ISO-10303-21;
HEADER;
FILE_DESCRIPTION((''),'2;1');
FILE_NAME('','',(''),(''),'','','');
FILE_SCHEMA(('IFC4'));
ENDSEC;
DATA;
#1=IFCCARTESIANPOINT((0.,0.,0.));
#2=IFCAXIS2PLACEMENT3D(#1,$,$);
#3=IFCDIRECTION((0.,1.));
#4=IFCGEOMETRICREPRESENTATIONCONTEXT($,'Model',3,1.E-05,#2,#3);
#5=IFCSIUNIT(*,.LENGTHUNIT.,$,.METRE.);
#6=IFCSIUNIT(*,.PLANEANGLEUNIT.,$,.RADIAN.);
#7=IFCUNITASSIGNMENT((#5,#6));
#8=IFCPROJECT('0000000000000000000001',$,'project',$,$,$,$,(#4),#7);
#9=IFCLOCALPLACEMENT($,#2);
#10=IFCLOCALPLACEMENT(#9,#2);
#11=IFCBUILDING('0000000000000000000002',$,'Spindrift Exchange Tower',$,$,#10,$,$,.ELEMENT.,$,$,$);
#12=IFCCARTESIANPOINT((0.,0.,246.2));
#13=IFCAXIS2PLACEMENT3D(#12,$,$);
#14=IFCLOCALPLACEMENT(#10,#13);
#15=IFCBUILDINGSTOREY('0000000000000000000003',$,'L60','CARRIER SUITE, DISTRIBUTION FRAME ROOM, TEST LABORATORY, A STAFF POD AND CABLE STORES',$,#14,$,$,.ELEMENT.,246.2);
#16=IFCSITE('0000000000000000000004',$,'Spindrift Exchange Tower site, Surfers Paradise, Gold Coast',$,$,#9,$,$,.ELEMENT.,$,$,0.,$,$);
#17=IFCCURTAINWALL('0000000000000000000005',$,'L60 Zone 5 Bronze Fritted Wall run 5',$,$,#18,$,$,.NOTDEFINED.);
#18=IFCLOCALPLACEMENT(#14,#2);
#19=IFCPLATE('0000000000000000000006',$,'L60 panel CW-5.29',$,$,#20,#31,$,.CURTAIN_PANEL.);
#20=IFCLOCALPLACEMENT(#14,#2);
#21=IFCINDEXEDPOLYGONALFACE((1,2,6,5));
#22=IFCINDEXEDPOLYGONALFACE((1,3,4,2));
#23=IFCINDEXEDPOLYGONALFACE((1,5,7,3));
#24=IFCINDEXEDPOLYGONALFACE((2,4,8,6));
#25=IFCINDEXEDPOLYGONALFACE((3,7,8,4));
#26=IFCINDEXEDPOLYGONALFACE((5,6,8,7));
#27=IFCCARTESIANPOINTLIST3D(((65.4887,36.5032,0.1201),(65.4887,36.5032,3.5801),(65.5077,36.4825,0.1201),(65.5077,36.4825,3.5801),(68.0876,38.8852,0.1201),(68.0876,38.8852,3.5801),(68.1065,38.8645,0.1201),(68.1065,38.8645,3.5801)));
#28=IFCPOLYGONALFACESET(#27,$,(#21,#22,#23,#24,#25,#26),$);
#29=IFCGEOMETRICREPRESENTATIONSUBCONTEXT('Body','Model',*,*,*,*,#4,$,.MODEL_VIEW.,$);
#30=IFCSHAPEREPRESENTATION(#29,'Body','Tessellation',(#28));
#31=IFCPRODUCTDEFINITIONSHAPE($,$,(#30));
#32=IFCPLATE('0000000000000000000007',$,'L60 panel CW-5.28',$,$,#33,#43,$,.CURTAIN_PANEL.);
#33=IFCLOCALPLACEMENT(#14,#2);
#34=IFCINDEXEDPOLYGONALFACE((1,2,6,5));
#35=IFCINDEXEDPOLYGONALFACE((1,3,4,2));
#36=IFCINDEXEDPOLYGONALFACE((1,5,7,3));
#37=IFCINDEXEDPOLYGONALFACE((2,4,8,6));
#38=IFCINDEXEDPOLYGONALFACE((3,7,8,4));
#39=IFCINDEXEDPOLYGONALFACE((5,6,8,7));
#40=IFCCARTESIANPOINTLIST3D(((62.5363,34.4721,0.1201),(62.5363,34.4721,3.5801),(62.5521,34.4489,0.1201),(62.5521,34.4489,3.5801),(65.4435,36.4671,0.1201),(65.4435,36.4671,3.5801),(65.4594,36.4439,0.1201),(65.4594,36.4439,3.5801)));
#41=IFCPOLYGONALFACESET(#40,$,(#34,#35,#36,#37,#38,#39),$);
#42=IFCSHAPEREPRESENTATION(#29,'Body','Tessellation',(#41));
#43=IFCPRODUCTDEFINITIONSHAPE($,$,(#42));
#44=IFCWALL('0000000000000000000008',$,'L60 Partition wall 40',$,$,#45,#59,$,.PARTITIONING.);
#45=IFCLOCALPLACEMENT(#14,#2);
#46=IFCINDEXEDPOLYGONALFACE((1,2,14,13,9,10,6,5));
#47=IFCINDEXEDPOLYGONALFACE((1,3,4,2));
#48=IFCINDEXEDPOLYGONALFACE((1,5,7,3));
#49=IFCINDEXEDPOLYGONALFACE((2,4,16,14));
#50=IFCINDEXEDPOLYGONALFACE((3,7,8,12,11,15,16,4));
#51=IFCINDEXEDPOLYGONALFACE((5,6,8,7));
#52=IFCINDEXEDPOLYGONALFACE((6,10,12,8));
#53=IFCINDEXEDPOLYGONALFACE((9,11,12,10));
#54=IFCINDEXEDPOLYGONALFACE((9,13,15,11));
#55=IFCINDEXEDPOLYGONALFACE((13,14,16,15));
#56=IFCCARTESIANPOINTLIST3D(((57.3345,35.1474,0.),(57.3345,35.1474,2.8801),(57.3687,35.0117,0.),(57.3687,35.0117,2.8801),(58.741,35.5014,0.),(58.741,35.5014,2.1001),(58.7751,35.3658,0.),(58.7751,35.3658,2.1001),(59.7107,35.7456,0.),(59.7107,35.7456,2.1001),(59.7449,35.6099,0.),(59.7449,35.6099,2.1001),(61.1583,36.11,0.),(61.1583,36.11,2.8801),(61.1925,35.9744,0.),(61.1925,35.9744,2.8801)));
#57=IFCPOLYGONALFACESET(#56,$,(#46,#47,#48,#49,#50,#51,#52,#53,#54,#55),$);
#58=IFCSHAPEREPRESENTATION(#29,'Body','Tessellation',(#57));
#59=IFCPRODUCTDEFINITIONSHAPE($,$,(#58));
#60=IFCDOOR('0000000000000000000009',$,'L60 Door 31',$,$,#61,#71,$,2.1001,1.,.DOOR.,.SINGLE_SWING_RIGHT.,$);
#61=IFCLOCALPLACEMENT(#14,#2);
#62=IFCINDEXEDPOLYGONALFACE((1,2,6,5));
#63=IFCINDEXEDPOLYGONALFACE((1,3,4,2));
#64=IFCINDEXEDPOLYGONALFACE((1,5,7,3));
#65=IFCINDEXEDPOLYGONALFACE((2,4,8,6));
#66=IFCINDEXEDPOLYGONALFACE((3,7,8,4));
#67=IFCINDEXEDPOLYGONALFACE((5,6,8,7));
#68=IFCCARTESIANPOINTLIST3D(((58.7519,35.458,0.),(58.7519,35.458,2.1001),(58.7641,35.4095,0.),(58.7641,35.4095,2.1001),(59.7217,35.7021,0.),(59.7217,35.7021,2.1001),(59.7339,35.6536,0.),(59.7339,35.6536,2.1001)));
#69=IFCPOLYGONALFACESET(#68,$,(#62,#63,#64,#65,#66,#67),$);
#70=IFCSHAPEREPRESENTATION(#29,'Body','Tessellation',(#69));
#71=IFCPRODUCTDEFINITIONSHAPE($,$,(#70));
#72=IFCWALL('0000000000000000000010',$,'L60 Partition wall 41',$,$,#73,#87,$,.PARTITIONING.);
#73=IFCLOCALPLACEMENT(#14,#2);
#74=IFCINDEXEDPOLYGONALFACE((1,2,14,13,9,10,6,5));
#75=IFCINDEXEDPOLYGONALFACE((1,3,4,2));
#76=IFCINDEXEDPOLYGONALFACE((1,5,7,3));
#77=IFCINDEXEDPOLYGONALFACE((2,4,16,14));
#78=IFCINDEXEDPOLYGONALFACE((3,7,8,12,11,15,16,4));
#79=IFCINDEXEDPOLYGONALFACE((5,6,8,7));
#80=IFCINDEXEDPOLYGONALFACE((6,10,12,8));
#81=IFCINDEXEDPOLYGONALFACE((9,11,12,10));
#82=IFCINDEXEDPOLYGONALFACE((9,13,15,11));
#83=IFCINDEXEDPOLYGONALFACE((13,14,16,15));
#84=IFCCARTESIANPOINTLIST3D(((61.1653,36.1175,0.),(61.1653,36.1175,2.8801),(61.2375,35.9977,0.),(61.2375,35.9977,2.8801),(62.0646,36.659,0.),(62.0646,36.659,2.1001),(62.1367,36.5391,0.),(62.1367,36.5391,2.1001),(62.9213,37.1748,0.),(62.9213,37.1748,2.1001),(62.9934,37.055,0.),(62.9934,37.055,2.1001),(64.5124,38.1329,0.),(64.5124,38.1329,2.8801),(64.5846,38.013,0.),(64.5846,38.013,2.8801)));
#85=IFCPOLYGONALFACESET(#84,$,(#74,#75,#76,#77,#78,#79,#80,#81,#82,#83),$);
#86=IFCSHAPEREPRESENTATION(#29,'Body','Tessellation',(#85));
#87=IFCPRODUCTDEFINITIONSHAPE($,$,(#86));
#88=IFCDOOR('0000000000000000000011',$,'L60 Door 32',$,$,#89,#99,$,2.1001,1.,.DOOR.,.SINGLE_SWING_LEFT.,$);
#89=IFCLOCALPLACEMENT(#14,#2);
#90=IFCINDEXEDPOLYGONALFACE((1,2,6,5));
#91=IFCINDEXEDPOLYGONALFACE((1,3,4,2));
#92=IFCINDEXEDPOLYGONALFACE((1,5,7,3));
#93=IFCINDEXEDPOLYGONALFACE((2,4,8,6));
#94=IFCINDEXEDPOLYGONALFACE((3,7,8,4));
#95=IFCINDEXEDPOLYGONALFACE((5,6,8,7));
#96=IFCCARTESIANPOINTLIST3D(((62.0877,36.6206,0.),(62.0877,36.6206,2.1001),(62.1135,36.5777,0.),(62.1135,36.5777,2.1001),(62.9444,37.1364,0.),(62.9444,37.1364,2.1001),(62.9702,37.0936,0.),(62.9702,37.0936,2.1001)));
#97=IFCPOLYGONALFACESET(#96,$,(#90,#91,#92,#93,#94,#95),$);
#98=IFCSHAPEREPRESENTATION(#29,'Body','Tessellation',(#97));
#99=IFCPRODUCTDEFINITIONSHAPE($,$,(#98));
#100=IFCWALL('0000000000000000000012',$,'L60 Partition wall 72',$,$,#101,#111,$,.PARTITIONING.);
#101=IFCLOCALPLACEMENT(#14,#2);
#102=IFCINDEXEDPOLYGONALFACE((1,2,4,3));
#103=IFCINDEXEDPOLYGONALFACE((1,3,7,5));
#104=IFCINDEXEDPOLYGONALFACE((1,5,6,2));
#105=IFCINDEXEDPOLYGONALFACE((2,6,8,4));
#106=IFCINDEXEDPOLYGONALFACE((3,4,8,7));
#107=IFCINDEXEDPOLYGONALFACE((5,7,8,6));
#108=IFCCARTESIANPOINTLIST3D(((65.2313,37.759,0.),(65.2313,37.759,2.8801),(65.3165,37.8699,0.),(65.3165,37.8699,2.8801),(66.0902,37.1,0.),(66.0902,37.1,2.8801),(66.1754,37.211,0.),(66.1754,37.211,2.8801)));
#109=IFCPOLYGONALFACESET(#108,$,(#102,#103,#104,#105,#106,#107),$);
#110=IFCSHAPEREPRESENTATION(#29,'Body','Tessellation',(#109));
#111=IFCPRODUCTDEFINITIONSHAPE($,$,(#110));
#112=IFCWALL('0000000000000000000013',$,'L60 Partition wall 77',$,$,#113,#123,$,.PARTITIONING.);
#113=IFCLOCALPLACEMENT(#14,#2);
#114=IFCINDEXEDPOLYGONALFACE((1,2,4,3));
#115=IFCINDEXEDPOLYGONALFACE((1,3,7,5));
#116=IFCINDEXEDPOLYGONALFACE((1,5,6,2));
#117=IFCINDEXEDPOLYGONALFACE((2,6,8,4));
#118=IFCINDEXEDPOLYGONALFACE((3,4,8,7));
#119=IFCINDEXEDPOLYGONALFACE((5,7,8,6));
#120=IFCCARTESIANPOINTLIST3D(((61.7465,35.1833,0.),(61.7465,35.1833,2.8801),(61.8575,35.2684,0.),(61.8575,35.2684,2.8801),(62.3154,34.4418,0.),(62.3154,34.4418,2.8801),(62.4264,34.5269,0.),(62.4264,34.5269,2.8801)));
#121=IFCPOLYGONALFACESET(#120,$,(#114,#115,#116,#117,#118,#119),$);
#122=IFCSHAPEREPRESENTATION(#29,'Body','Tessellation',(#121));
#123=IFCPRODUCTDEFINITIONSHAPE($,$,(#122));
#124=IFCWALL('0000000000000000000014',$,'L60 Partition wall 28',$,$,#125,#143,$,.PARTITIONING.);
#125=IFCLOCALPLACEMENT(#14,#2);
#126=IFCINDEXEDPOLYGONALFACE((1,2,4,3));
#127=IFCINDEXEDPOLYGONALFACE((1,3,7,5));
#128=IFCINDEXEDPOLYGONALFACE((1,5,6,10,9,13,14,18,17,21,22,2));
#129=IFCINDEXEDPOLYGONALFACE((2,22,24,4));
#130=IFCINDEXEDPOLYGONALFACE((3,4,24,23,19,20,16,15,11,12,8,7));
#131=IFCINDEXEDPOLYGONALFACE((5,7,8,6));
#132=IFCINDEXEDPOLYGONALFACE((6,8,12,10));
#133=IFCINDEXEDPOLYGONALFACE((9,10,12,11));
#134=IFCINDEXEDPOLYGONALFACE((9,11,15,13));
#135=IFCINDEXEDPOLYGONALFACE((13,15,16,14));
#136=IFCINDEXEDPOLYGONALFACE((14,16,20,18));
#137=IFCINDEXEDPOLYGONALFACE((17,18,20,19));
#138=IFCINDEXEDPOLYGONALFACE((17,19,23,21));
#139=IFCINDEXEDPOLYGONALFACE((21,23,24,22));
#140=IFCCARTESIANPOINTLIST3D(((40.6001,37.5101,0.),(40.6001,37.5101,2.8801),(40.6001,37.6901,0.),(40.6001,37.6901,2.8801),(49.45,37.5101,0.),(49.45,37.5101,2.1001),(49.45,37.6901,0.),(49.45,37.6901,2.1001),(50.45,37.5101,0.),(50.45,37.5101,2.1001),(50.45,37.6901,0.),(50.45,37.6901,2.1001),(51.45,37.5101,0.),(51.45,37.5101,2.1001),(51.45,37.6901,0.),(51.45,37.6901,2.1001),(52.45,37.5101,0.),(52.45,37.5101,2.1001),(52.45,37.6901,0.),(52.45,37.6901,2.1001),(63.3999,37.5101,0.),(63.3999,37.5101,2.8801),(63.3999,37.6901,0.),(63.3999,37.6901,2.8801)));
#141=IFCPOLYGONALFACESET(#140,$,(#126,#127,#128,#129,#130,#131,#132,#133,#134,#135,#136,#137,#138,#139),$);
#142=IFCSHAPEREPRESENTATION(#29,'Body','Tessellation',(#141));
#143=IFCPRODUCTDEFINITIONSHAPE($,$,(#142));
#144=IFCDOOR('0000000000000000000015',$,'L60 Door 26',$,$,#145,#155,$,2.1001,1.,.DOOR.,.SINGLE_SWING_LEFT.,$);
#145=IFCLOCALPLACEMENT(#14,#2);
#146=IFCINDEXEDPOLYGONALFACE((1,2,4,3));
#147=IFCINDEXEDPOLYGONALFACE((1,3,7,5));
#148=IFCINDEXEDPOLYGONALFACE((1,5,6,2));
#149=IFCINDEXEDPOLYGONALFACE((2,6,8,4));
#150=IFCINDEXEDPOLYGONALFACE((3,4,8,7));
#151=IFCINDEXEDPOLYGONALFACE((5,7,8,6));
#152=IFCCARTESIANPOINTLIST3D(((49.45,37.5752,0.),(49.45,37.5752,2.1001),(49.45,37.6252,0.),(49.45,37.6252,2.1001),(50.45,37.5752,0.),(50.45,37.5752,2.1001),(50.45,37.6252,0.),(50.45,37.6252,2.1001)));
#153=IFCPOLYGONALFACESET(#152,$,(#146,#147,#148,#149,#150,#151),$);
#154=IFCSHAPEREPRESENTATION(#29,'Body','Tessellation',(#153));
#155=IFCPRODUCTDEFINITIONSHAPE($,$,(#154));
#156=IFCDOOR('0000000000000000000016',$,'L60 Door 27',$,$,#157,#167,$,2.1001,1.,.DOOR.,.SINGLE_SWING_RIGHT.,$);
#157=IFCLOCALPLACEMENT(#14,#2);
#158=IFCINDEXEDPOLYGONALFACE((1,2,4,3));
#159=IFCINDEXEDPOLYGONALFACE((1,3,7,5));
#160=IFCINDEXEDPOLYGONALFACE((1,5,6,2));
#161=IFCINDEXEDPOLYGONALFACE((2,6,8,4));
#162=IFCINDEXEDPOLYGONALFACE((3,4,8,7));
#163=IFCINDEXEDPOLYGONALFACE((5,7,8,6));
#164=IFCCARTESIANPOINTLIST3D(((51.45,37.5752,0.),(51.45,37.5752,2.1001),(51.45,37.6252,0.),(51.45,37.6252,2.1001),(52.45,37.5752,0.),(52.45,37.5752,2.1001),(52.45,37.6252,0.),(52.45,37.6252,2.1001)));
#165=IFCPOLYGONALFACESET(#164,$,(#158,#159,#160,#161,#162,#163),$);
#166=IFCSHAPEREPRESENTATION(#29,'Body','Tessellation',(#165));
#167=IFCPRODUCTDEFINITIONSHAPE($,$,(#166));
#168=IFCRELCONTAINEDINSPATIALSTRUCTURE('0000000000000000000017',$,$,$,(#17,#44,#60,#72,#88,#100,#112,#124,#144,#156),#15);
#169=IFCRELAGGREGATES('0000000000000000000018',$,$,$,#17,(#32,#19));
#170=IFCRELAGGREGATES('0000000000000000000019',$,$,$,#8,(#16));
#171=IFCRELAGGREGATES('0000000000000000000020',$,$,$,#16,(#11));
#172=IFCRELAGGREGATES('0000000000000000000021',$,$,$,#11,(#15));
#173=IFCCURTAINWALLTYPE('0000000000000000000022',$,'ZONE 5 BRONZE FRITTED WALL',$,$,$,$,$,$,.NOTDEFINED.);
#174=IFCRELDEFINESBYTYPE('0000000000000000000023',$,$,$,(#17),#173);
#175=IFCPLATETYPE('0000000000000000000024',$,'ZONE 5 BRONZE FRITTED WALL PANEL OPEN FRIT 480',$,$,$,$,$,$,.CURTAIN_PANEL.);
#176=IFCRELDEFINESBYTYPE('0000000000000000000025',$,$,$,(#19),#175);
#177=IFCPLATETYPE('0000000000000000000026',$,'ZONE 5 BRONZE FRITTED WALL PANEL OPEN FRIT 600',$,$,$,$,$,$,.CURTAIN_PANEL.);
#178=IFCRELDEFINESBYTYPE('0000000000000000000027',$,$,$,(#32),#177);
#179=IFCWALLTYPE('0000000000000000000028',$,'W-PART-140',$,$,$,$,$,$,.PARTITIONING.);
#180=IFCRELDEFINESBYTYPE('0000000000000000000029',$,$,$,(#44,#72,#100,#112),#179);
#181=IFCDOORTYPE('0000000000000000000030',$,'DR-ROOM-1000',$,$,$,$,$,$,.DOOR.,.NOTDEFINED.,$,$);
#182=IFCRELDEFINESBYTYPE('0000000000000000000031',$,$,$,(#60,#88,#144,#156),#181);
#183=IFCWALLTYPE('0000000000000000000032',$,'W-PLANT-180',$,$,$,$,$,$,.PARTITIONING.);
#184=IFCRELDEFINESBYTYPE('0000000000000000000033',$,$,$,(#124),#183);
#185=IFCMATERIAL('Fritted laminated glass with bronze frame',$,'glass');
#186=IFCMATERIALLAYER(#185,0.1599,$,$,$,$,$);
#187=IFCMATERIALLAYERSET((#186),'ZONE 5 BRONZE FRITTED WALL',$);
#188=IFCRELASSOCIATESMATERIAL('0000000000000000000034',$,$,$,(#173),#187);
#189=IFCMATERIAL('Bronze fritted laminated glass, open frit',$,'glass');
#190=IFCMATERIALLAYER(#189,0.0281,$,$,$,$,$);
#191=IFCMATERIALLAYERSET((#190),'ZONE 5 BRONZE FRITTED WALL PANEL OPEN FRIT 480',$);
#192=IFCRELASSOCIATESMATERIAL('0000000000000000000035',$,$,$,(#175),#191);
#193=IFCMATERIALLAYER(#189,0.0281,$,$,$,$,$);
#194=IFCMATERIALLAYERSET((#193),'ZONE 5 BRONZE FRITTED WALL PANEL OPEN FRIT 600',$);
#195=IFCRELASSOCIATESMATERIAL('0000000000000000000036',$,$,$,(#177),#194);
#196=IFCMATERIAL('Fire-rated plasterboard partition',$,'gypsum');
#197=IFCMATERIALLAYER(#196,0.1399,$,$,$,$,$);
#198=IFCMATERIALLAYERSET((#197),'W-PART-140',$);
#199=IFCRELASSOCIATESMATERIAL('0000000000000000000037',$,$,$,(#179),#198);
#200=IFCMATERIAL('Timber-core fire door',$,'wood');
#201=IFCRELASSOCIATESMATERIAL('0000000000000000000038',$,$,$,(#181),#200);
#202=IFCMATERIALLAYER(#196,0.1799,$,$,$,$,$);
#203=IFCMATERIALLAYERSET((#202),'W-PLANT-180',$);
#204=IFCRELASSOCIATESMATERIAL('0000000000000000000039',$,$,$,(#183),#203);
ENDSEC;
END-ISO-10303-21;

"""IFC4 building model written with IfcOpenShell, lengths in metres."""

from ifc_helpers import new_model, si_unit, direction, frame, frame_2d, origin, origin_2d, place, context, subcontext, project, spatial, rectangle, extrude, source, transform, mapped, material, layer, layer_set, type_object, element, fill, aggregate, save


model = new_model("IFC4")

# Units and contexts
model_context = context("Model", 3, precision=1e-05, world=origin(), true_north=direction((0.0, 1.0)))
body_context = subcontext(model_context, "Body", "Model", "MODEL_VIEW")
ifc_project = project(units=[si_unit("LENGTHUNIT", "METRE"), si_unit("PLANEANGLEUNIT", "RADIAN")], contexts=[model_context])

# Site, building, storey
site_placement = place(None, origin())
site = spatial("IfcSite", under=ifc_project, at=site_placement, Name="Spindrift Exchange Tower site, Surfers Paradise, Gold Coast", CompositionType="ELEMENT", RefElevation=0.0)
building_placement = place(site_placement, origin())
building = spatial("IfcBuilding", under=site, at=building_placement, Name="Spindrift Exchange Tower", CompositionType="ELEMENT")
storey_placement = place(building_placement, frame((0.0, 0.0, 246.2)))
storey = spatial("IfcBuildingStorey", under=building, at=storey_placement, Name="L60", Description="CARRIER SUITE, DISTRIBUTION FRAME ROOM, TEST LABORATORY, A STAFF POD AND CABLE STORES", CompositionType="ELEMENT", Elevation=246.2)

# Curtain wall, plates
ifc_material_1 = material(Name="Fritted laminated glass with bronze frame", Category="glass")
ifc_layer_1 = layer(ifc_material_1, 0.1599)
ifc_layer_set_1 = layer_set([ifc_layer_1], Name="ZONE 5 BRONZE FRITTED WALL")
curtain_wall_type = type_object("IfcCurtainWallType", Name="ZONE 5 BRONZE FRITTED WALL", PredefinedType="NOTDEFINED", material=ifc_layer_set_1)
curtain_wall_placement = place(storey_placement, origin())
curtain_wall = element("IfcCurtainWall", 1, at=curtain_wall_placement, inside=storey, type_object=curtain_wall_type, Name="L60 Zone 5 Bronze Fritted Wall run 5", PredefinedType="NOTDEFINED")
ifc_material_2 = material(Name="Bronze fritted laminated glass, open frit", Category="glass")
ifc_layer_2 = layer(ifc_material_2, 0.0281)
ifc_layer_set_2 = layer_set([ifc_layer_2], Name="ZONE 5 BRONZE FRITTED WALL PANEL OPEN FRIT 480")
plate_type_1 = type_object("IfcPlateType", Name="ZONE 5 BRONZE FRITTED WALL PANEL OPEN FRIT 480", PredefinedType="CURTAIN_PANEL", material=ifc_layer_set_2)
shared_shape_1 = source(origin(), body_context, "Body", "SweptSolid", [
    extrude(rectangle(XDim=3.5254, YDim=0.0281, at=origin_2d()), origin(), (0.0, 0.0, 1.0), 3.46),
])
plate_1_placement = place(storey_placement, frame((66.7976, 37.6838, 0.1201), z_axis=(0.0, 0.0, 1.0), x_axis=(0.737187, 0.675689, 0.0)))
plate_1 = element("IfcPlate", 2, at=plate_1_placement, type_object=plate_type_1, Name="L60 panel CW-5.29", PredefinedType="CURTAIN_PANEL", context=body_context, shape_type="MappedRepresentation", body=[
    mapped(shared_shape_1, transform((0.0, 0.0, 0.0), scale=1.0)),
])
ifc_layer_3 = layer(ifc_material_2, 0.0281)
ifc_layer_set_3 = layer_set([ifc_layer_3], Name="ZONE 5 BRONZE FRITTED WALL PANEL OPEN FRIT 600")
plate_type_2 = type_object("IfcPlateType", Name="ZONE 5 BRONZE FRITTED WALL PANEL OPEN FRIT 600", PredefinedType="CURTAIN_PANEL", material=ifc_layer_set_3)
shared_shape_2 = source(origin(), body_context, "Body", "SweptSolid", [
    extrude(rectangle(XDim=3.5259, YDim=0.0281, at=origin_2d()), origin(), (0.0, 0.0, 1.0), 3.46),
])
plate_2_placement = place(storey_placement, frame((63.9978, 35.458, 0.1201), z_axis=(0.0, 0.0, 1.0), x_axis=(0.824536, 0.565809, 0.0)))
plate_2 = element("IfcPlate", 3, at=plate_2_placement, type_object=plate_type_2, Name="L60 panel CW-5.28", PredefinedType="CURTAIN_PANEL", context=body_context, shape_type="MappedRepresentation", body=[
    mapped(shared_shape_2, transform((0.0, 0.0, 0.0), scale=1.0)),
])
aggregate(curtain_wall, [plate_2, plate_1])

# Walls, openings, doors
ifc_material_3 = material(Name="Fire-rated plasterboard partition", Category="gypsum")
ifc_layer_4 = layer(ifc_material_3, 0.1399)
ifc_layer_set_4 = layer_set([ifc_layer_4], Name="W-PART-140")
wall_type_1 = type_object("IfcWallType", Name="W-PART-140", PredefinedType="PARTITIONING", material=ifc_layer_set_4)
wall_1_placement = place(storey_placement, frame((61.1755, 36.0422, 0.0), z_axis=(0.0, 0.0, 1.0), x_axis=(-0.969741, -0.244138, 0.0)))
wall_1 = element("IfcWall", 4, at=wall_1_placement, inside=storey, type_object=wall_type_1, Name="L60 Partition wall 40", PredefinedType="PARTITIONING", context=body_context, shape_type="SweptSolid", body=[
    extrude(rectangle(XDim=3.9431, YDim=0.1399, at=frame_2d((1.9717, 0.0))), origin(), (0.0, 0.0, 1.0), 2.8801),
])
opening_1_placement = place(wall_1_placement, frame((1.4929, 0.0, 0.0)))
opening_1 = element("IfcOpeningElement", 5, at=opening_1_placement, cuts=wall_1, PredefinedType="OPENING", context=body_context, shape_type="SweptSolid", body=[
    extrude(rectangle(XDim=1.0, YDim=2.1001, at=frame_2d((0.5, 1.05))), frame((0.0, 0.0798, 0.0), z_axis=(0.0, -1.0, 0.0), x_axis=(1.0, 0.0, 0.0)), (0.0, 0.0, 1.0), 0.1599),
])
ifc_material_4 = material(Name="Timber-core fire door", Category="wood")
door_type = type_object("IfcDoorType", Name="DR-ROOM-1000", OperationType="NOTDEFINED", PredefinedType="DOOR", material=ifc_material_4)
shared_shape_3 = source(origin(), body_context, "Body", "SweptSolid", [
    extrude(rectangle(XDim=1.0, YDim=2.1001, at=frame_2d((0.5, 1.05))), frame((0.0, 0.0249, 0.0), z_axis=(0.0, -1.0, 0.0), x_axis=(1.0, 0.0, 0.0)), (0.0, 0.0, 1.0), 0.05),
])
door_1_placement = place(opening_1_placement, origin())
door_1 = element("IfcDoor", 6, at=door_1_placement, inside=storey, type_object=door_type, Name="L60 Door 31", OperationType="SINGLE_SWING_RIGHT", OverallHeight=2.1001, OverallWidth=1.0, PredefinedType="DOOR", context=body_context, shape_type="MappedRepresentation", body=[
    mapped(shared_shape_3, transform((0.0, 0.0, 0.0), scale=1.0)),
])
fill(opening_1, door_1)
wall_2_placement = place(storey_placement, frame((64.5486, 38.073, 0.0), z_axis=(0.0, 0.0, 1.0), x_axis=(-0.856692, -0.515828, 0.0)))
wall_2 = element("IfcWall", 7, at=wall_2_placement, inside=storey, type_object=wall_type_1, Name="L60 Partition wall 41", PredefinedType="PARTITIONING", context=body_context, shape_type="SweptSolid", body=[
    extrude(rectangle(XDim=3.907, YDim=0.1399, at=frame_2d((1.9536, 0.0))), origin(), (0.0, 0.0, 1.0), 2.8801),
])
opening_2_placement = place(wall_2_placement, frame((1.8574, 0.0, 0.0)))
opening_2 = element("IfcOpeningElement", 8, at=opening_2_placement, cuts=wall_2, PredefinedType="OPENING", context=body_context, shape_type="SweptSolid", body=[
    extrude(rectangle(XDim=1.0, YDim=2.1001, at=frame_2d((0.5, 1.05))), frame((0.0, 0.0798, 0.0), z_axis=(0.0, -1.0, 0.0), x_axis=(1.0, 0.0, 0.0)), (0.0, 0.0, 1.0), 0.1599),
])
door_2_placement = place(opening_2_placement, origin())
door_2 = element("IfcDoor", 9, at=door_2_placement, inside=storey, type_object=door_type, Name="L60 Door 32", OperationType="SINGLE_SWING_LEFT", OverallHeight=2.1001, OverallWidth=1.0, PredefinedType="DOOR", context=body_context, shape_type="MappedRepresentation", body=[
    mapped(shared_shape_3, transform((0.0, 0.0, 0.0), scale=1.0)),
])
fill(opening_2, door_2)

# Walls
wall_3_placement = place(storey_placement, frame((65.2739, 37.8145, 0.0), z_axis=(0.0, 0.0, 1.0), x_axis=(0.793403, -0.608697, 0.0)))
element("IfcWall", 10, at=wall_3_placement, inside=storey, type_object=wall_type_1, Name="L60 Partition wall 72", PredefinedType="PARTITIONING", context=body_context, shape_type="SweptSolid", body=[
    extrude(rectangle(XDim=1.0825, YDim=0.1399, at=frame_2d((0.5413, 0.0))), origin(), (0.0, 0.0, 1.0), 2.8801),
])
wall_4_placement = place(storey_placement, frame((61.802, 35.2258, 0.0), z_axis=(0.0, 0.0, 1.0), x_axis=(0.6087, -0.7934, 0.0)))
element("IfcWall", 11, at=wall_4_placement, inside=storey, type_object=wall_type_1, Name="L60 Partition wall 77", PredefinedType="PARTITIONING", context=body_context, shape_type="SweptSolid", body=[
    extrude(rectangle(XDim=0.9346, YDim=0.1399, at=frame_2d((0.4673, 0.0))), origin(), (0.0, 0.0, 1.0), 2.8801),
])

# Wall, openings, doors
ifc_layer_5 = layer(ifc_material_3, 0.1799)
ifc_layer_set_5 = layer_set([ifc_layer_5], Name="W-PLANT-180")
wall_type_2 = type_object("IfcWallType", Name="W-PLANT-180", PredefinedType="PARTITIONING", material=ifc_layer_set_5)
wall_5_placement = place(storey_placement, frame((63.3999, 37.6001, 0.0), z_axis=(0.0, 0.0, 1.0), x_axis=(-1.0, 0.0, 0.0)))
wall_5 = element("IfcWall", 12, at=wall_5_placement, inside=storey, type_object=wall_type_2, Name="L60 Partition wall 28", PredefinedType="PARTITIONING", context=body_context, shape_type="SweptSolid", body=[
    extrude(rectangle(XDim=22.7998, YDim=0.1799, at=frame_2d((11.3999, 0.0))), origin(), (0.0, 0.0, 1.0), 2.8801),
])
opening_3_placement = place(wall_5_placement, frame((12.95, 0.0, 0.0)))
opening_3 = element("IfcOpeningElement", 13, at=opening_3_placement, cuts=wall_5, PredefinedType="OPENING", context=body_context, shape_type="SweptSolid", body=[
    extrude(rectangle(XDim=1.0, YDim=2.1001, at=frame_2d((0.5, 1.05))), frame((0.0, 0.0999, 0.0), z_axis=(0.0, -1.0, 0.0), x_axis=(1.0, 0.0, 0.0)), (0.0, 0.0, 1.0), 0.2),
])
opening_4_placement = place(wall_5_placement, frame((10.95, 0.0, 0.0)))
opening_4 = element("IfcOpeningElement", 14, at=opening_4_placement, cuts=wall_5, PredefinedType="OPENING", context=body_context, shape_type="SweptSolid", body=[
    extrude(rectangle(XDim=1.0, YDim=2.1001, at=frame_2d((0.5, 1.05))), frame((0.0, 0.0999, 0.0), z_axis=(0.0, -1.0, 0.0), x_axis=(1.0, 0.0, 0.0)), (0.0, 0.0, 1.0), 0.2),
])
door_3_placement = place(opening_3_placement, origin())
door_3 = element("IfcDoor", 15, at=door_3_placement, inside=storey, type_object=door_type, Name="L60 Door 26", OperationType="SINGLE_SWING_LEFT", OverallHeight=2.1001, OverallWidth=1.0, PredefinedType="DOOR", context=body_context, shape_type="MappedRepresentation", body=[
    mapped(shared_shape_3, transform((0.0, 0.0, 0.0), scale=1.0)),
])
fill(opening_3, door_3)
door_4_placement = place(opening_4_placement, origin())
door_4 = element("IfcDoor", 16, at=door_4_placement, inside=storey, type_object=door_type, Name="L60 Door 27", OperationType="SINGLE_SWING_RIGHT", OverallHeight=2.1001, OverallWidth=1.0, PredefinedType="DOOR", context=body_context, shape_type="MappedRepresentation", body=[
    mapped(shared_shape_3, transform((0.0, 0.0, 0.0), scale=1.0)),
])
fill(opening_4, door_4)

save(model, "model.ifc")
